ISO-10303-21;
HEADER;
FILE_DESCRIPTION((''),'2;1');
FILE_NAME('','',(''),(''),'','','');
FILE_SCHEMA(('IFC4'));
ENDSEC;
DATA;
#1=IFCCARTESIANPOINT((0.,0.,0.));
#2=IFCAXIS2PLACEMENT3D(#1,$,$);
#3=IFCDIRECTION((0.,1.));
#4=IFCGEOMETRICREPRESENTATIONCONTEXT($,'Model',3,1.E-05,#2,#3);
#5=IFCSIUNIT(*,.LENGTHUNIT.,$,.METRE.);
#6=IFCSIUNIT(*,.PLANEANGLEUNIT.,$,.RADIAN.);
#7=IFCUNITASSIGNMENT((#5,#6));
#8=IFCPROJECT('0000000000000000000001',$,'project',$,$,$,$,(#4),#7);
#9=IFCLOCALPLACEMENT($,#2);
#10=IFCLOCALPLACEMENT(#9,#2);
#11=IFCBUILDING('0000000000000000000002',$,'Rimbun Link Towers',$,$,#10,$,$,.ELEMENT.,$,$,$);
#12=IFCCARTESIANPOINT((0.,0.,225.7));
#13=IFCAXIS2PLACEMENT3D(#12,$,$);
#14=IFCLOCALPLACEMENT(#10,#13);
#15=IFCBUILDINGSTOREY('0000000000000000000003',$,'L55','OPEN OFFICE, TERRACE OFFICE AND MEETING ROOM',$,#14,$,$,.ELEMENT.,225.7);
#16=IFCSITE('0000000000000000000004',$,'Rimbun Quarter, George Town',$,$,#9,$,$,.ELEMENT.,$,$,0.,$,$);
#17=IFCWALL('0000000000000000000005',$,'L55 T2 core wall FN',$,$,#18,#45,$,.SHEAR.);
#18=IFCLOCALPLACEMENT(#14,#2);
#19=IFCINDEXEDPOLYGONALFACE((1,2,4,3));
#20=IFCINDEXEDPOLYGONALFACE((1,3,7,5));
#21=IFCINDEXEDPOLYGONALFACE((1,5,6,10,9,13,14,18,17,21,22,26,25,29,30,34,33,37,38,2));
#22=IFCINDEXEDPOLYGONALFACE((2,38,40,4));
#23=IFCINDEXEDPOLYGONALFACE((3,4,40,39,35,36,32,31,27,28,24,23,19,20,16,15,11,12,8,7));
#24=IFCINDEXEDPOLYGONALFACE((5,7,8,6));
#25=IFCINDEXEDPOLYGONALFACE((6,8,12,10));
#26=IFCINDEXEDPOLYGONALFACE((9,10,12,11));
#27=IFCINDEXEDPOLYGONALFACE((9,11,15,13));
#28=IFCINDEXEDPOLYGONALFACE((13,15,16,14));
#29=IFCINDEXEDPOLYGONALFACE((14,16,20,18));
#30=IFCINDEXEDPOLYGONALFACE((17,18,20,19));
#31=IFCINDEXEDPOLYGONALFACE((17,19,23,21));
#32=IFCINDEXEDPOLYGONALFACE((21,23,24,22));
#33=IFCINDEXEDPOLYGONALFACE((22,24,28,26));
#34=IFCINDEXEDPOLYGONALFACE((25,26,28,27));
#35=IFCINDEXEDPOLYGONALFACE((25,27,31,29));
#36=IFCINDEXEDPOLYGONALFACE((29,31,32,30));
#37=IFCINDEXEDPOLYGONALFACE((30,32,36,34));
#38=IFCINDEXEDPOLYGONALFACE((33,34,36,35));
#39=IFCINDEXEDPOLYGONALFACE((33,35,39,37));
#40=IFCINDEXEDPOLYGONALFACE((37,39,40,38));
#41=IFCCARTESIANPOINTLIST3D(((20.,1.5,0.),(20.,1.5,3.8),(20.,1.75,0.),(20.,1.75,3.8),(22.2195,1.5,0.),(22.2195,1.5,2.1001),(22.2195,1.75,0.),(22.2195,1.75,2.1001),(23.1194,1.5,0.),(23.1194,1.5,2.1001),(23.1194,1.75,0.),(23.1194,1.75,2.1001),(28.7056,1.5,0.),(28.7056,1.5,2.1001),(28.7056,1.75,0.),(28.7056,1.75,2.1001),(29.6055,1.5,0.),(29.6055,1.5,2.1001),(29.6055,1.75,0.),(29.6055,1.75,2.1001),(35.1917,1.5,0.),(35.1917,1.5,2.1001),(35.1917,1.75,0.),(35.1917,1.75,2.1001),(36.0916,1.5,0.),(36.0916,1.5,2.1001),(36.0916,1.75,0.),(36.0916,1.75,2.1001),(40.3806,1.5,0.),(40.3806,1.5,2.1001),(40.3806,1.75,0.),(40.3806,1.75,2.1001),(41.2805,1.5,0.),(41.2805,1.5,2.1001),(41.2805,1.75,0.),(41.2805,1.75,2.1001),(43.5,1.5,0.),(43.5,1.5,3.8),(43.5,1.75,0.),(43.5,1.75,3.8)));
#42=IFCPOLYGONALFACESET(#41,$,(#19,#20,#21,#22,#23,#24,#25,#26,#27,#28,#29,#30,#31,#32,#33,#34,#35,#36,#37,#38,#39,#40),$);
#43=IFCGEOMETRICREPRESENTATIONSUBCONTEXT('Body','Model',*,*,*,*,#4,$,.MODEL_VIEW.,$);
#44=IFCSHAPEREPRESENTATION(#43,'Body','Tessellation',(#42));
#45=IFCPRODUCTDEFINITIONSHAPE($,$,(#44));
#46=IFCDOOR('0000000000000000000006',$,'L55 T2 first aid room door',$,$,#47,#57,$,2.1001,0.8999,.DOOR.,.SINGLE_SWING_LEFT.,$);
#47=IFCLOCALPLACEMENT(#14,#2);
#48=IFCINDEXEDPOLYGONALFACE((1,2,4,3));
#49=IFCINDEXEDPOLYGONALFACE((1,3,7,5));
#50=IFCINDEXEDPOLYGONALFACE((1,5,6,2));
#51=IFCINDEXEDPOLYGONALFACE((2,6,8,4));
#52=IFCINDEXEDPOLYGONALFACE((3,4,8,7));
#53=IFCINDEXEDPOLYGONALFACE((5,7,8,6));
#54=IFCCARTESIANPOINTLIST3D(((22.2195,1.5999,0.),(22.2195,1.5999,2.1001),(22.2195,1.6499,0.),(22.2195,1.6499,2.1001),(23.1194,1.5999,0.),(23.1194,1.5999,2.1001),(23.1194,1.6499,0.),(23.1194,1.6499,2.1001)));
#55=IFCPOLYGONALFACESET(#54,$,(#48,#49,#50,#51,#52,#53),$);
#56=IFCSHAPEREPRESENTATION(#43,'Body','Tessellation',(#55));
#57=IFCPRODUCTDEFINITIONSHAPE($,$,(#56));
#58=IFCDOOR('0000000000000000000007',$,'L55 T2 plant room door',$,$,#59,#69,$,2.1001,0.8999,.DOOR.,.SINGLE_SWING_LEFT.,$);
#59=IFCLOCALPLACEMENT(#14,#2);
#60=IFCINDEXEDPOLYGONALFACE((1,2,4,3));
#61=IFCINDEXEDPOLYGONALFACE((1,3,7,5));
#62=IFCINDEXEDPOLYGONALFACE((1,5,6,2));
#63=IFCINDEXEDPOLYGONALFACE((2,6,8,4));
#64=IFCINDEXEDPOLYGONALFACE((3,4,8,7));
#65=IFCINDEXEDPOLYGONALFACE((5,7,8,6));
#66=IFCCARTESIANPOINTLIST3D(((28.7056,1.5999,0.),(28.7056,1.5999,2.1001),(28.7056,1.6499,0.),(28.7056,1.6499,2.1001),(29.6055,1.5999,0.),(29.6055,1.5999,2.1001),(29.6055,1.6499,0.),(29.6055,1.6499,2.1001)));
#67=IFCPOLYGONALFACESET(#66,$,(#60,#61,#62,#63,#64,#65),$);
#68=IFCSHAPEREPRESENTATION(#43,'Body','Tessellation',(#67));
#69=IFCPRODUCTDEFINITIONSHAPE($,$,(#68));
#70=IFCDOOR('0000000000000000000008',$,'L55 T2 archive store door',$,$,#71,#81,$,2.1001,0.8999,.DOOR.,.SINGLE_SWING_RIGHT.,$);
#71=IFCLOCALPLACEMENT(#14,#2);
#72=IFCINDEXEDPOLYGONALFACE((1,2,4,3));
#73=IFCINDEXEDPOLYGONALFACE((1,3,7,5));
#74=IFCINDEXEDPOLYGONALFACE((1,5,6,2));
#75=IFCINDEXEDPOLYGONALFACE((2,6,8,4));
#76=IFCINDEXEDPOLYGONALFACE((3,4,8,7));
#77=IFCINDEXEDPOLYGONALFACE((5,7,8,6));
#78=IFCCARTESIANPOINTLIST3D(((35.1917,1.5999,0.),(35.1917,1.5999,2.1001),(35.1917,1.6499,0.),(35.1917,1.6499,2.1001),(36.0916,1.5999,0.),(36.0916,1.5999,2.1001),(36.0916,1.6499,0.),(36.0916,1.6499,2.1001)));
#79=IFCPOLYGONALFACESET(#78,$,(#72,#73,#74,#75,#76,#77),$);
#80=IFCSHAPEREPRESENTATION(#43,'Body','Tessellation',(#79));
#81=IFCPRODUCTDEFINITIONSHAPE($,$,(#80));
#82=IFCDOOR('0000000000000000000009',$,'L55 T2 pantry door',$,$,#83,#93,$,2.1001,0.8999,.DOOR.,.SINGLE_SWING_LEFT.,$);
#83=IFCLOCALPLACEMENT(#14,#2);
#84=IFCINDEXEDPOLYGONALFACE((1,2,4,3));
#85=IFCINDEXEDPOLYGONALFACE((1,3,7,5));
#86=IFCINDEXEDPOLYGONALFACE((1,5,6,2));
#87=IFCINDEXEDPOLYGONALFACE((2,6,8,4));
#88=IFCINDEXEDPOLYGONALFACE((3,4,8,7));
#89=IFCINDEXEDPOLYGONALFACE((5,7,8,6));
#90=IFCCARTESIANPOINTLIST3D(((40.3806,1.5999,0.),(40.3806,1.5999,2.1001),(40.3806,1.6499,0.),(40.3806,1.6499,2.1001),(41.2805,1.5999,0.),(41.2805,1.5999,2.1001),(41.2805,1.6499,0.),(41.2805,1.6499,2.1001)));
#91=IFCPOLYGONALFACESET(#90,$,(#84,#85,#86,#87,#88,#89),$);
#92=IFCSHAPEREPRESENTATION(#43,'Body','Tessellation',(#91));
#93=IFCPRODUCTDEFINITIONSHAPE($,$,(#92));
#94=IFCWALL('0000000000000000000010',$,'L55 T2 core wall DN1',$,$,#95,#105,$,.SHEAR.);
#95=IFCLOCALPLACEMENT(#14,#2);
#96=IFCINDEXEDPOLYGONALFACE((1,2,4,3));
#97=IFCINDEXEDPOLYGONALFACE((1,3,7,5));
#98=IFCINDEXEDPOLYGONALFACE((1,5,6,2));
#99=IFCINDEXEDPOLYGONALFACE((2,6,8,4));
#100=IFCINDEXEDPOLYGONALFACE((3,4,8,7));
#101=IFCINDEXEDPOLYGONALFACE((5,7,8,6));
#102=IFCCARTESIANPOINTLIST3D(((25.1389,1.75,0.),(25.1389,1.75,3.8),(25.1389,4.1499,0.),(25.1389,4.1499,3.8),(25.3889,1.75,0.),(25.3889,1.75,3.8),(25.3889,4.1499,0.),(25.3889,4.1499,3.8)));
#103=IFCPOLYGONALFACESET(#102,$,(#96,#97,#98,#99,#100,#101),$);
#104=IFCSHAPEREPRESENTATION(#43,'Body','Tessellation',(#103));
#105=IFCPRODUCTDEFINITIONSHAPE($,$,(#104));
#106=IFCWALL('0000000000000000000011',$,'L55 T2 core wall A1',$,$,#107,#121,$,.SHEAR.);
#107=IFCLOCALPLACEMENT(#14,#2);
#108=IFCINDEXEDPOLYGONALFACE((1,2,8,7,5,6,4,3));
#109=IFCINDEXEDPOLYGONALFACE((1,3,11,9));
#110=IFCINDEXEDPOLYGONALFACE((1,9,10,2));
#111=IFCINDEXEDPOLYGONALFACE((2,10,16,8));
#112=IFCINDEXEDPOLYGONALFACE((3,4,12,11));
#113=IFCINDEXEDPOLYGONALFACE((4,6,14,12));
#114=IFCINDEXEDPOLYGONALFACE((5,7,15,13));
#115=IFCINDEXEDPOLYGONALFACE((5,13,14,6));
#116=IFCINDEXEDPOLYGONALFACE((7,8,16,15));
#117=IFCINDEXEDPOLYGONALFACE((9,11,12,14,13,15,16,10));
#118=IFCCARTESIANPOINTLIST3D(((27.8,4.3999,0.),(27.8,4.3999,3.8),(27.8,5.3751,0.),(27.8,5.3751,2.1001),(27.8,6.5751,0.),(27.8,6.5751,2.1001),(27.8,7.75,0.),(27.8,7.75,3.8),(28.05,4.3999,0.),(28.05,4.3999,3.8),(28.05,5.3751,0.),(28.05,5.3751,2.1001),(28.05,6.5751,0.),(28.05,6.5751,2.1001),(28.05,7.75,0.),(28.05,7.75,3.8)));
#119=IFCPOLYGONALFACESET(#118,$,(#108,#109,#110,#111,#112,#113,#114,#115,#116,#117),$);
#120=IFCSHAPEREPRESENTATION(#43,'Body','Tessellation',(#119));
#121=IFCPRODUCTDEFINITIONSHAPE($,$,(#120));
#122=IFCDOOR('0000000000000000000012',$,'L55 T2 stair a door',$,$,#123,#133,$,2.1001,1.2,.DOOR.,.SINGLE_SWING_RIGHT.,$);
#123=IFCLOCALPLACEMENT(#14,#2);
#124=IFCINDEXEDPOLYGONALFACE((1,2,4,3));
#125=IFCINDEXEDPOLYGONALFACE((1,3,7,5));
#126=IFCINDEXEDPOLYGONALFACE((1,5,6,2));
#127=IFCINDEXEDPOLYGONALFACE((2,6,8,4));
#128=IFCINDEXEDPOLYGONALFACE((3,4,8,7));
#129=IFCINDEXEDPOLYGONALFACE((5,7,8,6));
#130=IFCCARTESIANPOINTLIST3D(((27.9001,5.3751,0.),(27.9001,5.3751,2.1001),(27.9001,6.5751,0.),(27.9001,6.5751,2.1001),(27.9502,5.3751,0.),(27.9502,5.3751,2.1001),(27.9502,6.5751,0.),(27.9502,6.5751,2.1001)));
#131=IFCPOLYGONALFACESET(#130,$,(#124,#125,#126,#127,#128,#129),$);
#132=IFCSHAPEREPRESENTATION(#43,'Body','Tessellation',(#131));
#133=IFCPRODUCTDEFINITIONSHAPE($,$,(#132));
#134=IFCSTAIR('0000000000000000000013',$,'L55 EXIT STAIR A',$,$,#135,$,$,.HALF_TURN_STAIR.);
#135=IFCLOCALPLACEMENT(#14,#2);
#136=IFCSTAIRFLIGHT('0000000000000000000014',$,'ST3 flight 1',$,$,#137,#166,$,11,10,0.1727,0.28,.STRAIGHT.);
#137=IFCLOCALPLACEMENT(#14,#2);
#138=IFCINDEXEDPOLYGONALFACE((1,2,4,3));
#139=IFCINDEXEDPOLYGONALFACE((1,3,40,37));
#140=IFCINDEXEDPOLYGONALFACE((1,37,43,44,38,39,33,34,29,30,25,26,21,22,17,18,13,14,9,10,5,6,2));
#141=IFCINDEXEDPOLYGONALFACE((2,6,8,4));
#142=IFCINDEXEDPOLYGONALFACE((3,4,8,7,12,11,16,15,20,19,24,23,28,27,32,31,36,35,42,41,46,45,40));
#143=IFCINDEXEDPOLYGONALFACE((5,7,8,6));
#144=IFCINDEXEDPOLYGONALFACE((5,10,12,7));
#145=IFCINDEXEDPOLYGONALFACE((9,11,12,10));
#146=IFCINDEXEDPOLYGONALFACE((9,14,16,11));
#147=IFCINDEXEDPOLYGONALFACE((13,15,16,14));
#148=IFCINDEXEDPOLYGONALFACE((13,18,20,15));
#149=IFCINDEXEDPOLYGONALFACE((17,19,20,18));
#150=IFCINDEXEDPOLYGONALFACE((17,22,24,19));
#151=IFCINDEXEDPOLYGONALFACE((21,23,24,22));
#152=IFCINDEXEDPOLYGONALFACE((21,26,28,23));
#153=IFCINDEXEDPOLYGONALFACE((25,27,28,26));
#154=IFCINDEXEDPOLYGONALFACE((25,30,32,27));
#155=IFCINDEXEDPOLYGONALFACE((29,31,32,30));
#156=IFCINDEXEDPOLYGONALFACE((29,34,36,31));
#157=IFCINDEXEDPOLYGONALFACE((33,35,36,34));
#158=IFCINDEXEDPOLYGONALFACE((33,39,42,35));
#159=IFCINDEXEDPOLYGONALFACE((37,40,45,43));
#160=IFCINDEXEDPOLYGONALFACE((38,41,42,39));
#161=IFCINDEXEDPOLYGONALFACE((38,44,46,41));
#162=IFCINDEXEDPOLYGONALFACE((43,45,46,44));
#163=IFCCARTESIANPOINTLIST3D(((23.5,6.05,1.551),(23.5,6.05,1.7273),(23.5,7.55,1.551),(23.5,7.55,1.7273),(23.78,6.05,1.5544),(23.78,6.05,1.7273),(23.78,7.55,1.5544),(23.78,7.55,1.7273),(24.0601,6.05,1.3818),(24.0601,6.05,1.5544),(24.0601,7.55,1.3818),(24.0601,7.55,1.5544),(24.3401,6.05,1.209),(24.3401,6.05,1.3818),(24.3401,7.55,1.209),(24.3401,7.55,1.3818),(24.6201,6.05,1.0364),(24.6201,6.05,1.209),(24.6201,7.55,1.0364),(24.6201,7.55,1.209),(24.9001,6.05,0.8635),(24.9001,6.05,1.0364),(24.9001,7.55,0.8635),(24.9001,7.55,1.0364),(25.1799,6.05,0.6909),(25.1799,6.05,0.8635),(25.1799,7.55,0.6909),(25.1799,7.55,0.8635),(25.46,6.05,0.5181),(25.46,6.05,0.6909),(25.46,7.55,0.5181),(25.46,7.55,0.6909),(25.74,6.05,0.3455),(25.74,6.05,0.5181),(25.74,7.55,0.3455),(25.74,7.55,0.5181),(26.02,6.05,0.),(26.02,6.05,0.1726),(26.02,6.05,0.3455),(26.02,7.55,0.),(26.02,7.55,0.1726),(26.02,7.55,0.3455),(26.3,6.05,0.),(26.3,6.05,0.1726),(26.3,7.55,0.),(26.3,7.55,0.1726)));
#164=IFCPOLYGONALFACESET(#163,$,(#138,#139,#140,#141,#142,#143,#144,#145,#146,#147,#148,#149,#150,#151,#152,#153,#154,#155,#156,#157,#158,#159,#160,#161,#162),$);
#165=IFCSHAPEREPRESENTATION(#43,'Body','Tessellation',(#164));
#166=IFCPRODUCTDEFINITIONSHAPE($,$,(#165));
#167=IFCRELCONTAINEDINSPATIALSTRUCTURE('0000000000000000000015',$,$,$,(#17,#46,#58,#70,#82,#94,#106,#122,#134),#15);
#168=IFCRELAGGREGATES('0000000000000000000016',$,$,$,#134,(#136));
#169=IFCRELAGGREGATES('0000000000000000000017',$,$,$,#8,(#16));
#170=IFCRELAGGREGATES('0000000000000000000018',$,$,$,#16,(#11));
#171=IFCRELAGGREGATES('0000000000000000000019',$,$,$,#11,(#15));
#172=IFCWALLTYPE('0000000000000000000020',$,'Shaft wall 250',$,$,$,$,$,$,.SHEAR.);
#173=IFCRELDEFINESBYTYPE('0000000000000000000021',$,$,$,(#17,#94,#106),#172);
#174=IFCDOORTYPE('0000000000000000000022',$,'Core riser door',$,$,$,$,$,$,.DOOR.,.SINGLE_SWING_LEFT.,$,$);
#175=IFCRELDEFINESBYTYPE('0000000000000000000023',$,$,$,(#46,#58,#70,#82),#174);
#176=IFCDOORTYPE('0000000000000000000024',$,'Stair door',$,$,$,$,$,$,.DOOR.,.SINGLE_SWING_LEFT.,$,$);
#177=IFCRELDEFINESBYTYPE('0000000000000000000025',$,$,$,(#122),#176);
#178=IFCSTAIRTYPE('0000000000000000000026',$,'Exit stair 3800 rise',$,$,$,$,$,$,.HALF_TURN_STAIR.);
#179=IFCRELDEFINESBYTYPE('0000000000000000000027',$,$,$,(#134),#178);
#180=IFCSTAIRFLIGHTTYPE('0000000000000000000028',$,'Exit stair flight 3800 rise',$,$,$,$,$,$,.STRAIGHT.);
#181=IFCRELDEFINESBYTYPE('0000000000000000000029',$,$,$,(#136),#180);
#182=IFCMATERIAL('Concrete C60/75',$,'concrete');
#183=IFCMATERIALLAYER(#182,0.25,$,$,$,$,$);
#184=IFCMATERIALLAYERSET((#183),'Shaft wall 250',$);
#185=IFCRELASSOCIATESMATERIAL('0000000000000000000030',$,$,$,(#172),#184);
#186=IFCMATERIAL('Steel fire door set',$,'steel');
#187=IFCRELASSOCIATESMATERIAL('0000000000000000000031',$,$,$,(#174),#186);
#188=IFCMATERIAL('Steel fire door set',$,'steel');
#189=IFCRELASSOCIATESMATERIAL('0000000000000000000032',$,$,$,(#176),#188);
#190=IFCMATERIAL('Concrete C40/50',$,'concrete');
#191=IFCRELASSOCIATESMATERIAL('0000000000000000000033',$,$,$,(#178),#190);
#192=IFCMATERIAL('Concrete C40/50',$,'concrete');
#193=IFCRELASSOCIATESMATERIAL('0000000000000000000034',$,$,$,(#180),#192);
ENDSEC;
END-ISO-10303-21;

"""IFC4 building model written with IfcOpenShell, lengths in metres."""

from ifc_helpers import new_model, si_unit, direction, frame, frame_2d, origin, place, context, subcontext, project, spatial, polyline, rectangle, outline, extrude, material, layer, layer_set, type_object, element, fill, aggregate, save


model = new_model("IFC4")

# Units and contexts
model_context = context("Model", 3, precision=1e-05, world=origin(), true_north=direction((0.0, 1.0)))
body_context = subcontext(model_context, "Body", "Model", "MODEL_VIEW")
ifc_project = project(units=[si_unit("LENGTHUNIT", "METRE"), si_unit("PLANEANGLEUNIT", "RADIAN")], contexts=[model_context])

# Site, building, storey
site_placement = place(None, origin())
site = spatial("IfcSite", under=ifc_project, at=site_placement, Name="Rimbun Quarter, George Town", CompositionType="ELEMENT", RefElevation=0.0)
building_placement = place(site_placement, origin())
building = spatial("IfcBuilding", under=site, at=building_placement, Name="Rimbun Link Towers", CompositionType="ELEMENT")
storey_placement = place(building_placement, frame((0.0, 0.0, 225.7)))
storey = spatial("IfcBuildingStorey", under=building, at=storey_placement, Name="L55", Description="OPEN OFFICE, TERRACE OFFICE AND MEETING ROOM", CompositionType="ELEMENT", Elevation=225.7)

# Shared definitions
ifc_material_1 = material(Name="Concrete C60/75", Category="concrete")
ifc_layer = layer(ifc_material_1, 0.25)
ifc_layer_set = layer_set([ifc_layer], Name="Shaft wall 250")
wall_type = type_object("IfcWallType", Name="Shaft wall 250", PredefinedType="SHEAR", material=ifc_layer_set)

# Wall, openings, doors
wall_1_placement = place(storey_placement, frame((20.0, 1.625, 0.0), z_axis=(0.0, 0.0, 1.0), x_axis=(1.0, 0.0, 0.0)))
wall_1 = element("IfcWall", 1, at=wall_1_placement, inside=storey, type_object=wall_type, Name="L55 T2 core wall FN", PredefinedType="SHEAR", context=body_context, shape_type="SweptSolid", body=[
    extrude(rectangle(XDim=23.5, YDim=0.25, at=frame_2d((11.75, 0.0))), origin(), (0.0, 0.0, 1.0), 3.8),
])
opening_1_placement = place(wall_1_placement, frame((2.2195, 0.0, 0.0)))
opening_1 = element("IfcOpeningElement", 2, at=opening_1_placement, cuts=wall_1, PredefinedType="OPENING", context=body_context, shape_type="SweptSolid", body=[
    extrude(rectangle(XDim=0.8999, YDim=2.1001, at=frame_2d((0.45, 1.05))), frame((0.0, 0.135, 0.0), z_axis=(0.0, -1.0, 0.0), x_axis=(1.0, 0.0, 0.0)), (0.0, 0.0, 1.0), 0.27),
])
opening_2_placement = place(wall_1_placement, frame((8.7056, 0.0, 0.0)))
opening_2 = element("IfcOpeningElement", 3, at=opening_2_placement, cuts=wall_1, PredefinedType="OPENING", context=body_context, shape_type="SweptSolid", body=[
    extrude(rectangle(XDim=0.8999, YDim=2.1001, at=frame_2d((0.45, 1.05))), frame((0.0, 0.135, 0.0), z_axis=(0.0, -1.0, 0.0), x_axis=(1.0, 0.0, 0.0)), (0.0, 0.0, 1.0), 0.27),
])
opening_3_placement = place(wall_1_placement, frame((15.1917, 0.0, 0.0)))
opening_3 = element("IfcOpeningElement", 4, at=opening_3_placement, cuts=wall_1, PredefinedType="OPENING", context=body_context, shape_type="SweptSolid", body=[
    extrude(rectangle(XDim=0.8999, YDim=2.1001, at=frame_2d((0.45, 1.05))), frame((0.0, 0.135, 0.0), z_axis=(0.0, -1.0, 0.0), x_axis=(1.0, 0.0, 0.0)), (0.0, 0.0, 1.0), 0.27),
])
opening_4_placement = place(wall_1_placement, frame((20.3806, 0.0, 0.0)))
opening_4 = element("IfcOpeningElement", 5, at=opening_4_placement, cuts=wall_1, PredefinedType="OPENING", context=body_context, shape_type="SweptSolid", body=[
    extrude(rectangle(XDim=0.8999, YDim=2.1001, at=frame_2d((0.45, 1.05))), frame((0.0, 0.135, 0.0), z_axis=(0.0, -1.0, 0.0), x_axis=(1.0, 0.0, 0.0)), (0.0, 0.0, 1.0), 0.27),
])
ifc_material_2 = material(Name="Steel fire door set", Category="steel")
door_type_1 = type_object("IfcDoorType", Name="Core riser door", OperationType="SINGLE_SWING_LEFT", PredefinedType="DOOR", material=ifc_material_2)
door_1_placement = place(opening_1_placement, origin())
door_1 = element("IfcDoor", 6, at=door_1_placement, inside=storey, type_object=door_type_1, Name="L55 T2 first aid room door", OperationType="SINGLE_SWING_LEFT", OverallHeight=2.1001, OverallWidth=0.8999, PredefinedType="DOOR", context=body_context, shape_type="SweptSolid", body=[
    extrude(rectangle(XDim=0.8999, YDim=2.1001, at=frame_2d((0.45, 1.05))), frame((0.0, 0.0249, 0.0), z_axis=(0.0, -1.0, 0.0), x_axis=(1.0, 0.0, 0.0)), (0.0, 0.0, 1.0), 0.05),
])
fill(opening_1, door_1)
door_2_placement = place(opening_2_placement, origin())
door_2 = element("IfcDoor", 7, at=door_2_placement, inside=storey, type_object=door_type_1, Name="L55 T2 plant room door", OperationType="SINGLE_SWING_LEFT", OverallHeight=2.1001, OverallWidth=0.8999, PredefinedType="DOOR", context=body_context, shape_type="SweptSolid", body=[
    extrude(rectangle(XDim=0.8999, YDim=2.1001, at=frame_2d((0.45, 1.05))), frame((0.0, 0.0249, 0.0), z_axis=(0.0, -1.0, 0.0), x_axis=(1.0, 0.0, 0.0)), (0.0, 0.0, 1.0), 0.05),
])
fill(opening_2, door_2)
door_3_placement = place(opening_3_placement, origin())
door_3 = element("IfcDoor", 8, at=door_3_placement, inside=storey, type_object=door_type_1, Name="L55 T2 archive store door", OperationType="SINGLE_SWING_RIGHT", OverallHeight=2.1001, OverallWidth=0.8999, PredefinedType="DOOR", context=body_context, shape_type="SweptSolid", body=[
    extrude(rectangle(XDim=0.8999, YDim=2.1001, at=frame_2d((0.45, 1.05))), frame((0.0, 0.0249, 0.0), z_axis=(0.0, -1.0, 0.0), x_axis=(1.0, 0.0, 0.0)), (0.0, 0.0, 1.0), 0.05),
])
fill(opening_3, door_3)
door_4_placement = place(opening_4_placement, origin())
door_4 = element("IfcDoor", 9, at=door_4_placement, inside=storey, type_object=door_type_1, Name="L55 T2 pantry door", OperationType="SINGLE_SWING_LEFT", OverallHeight=2.1001, OverallWidth=0.8999, PredefinedType="DOOR", context=body_context, shape_type="SweptSolid", body=[
    extrude(rectangle(XDim=0.8999, YDim=2.1001, at=frame_2d((0.45, 1.05))), frame((0.0, 0.0249, 0.0), z_axis=(0.0, -1.0, 0.0), x_axis=(1.0, 0.0, 0.0)), (0.0, 0.0, 1.0), 0.05),
])
fill(opening_4, door_4)

# Wall
wall_2_placement = place(storey_placement, frame((25.2639, 1.75, 0.0), z_axis=(0.0, 0.0, 1.0), x_axis=(0.0, 1.0, 0.0)))
element("IfcWall", 10, at=wall_2_placement, inside=storey, type_object=wall_type, Name="L55 T2 core wall DN1", PredefinedType="SHEAR", context=body_context, shape_type="SweptSolid", body=[
    extrude(rectangle(XDim=2.3999, YDim=0.25, at=frame_2d((1.2, 0.0))), origin(), (0.0, 0.0, 1.0), 3.8),
])

# Wall, opening, door
wall_3_placement = place(storey_placement, frame((27.925, 4.3999, 0.0), z_axis=(0.0, 0.0, 1.0), x_axis=(0.0, 1.0, 0.0)))
wall_3 = element("IfcWall", 11, at=wall_3_placement, inside=storey, type_object=wall_type, Name="L55 T2 core wall A1", PredefinedType="SHEAR", context=body_context, shape_type="SweptSolid", body=[
    extrude(rectangle(XDim=3.3501, YDim=0.25, at=frame_2d((1.675, 0.0))), origin(), (0.0, 0.0, 1.0), 3.8),
])
opening_5_placement = place(wall_3_placement, frame((0.9751, 0.0, 0.0)))
opening_5 = element("IfcOpeningElement", 12, at=opening_5_placement, cuts=wall_3, PredefinedType="OPENING", context=body_context, shape_type="SweptSolid", body=[
    extrude(rectangle(XDim=1.2, YDim=2.1001, at=frame_2d((0.6001, 1.05))), frame((0.0, 0.135, 0.0), z_axis=(0.0, -1.0, 0.0), x_axis=(1.0, 0.0, 0.0)), (0.0, 0.0, 1.0), 0.27),
])
ifc_material_3 = material(Name="Steel fire door set", Category="steel")
door_type_2 = type_object("IfcDoorType", Name="Stair door", OperationType="SINGLE_SWING_LEFT", PredefinedType="DOOR", material=ifc_material_3)
door_5_placement = place(opening_5_placement, origin())
door_5 = element("IfcDoor", 13, at=door_5_placement, inside=storey, type_object=door_type_2, Name="L55 T2 stair a door", OperationType="SINGLE_SWING_RIGHT", OverallHeight=2.1001, OverallWidth=1.2, PredefinedType="DOOR", context=body_context, shape_type="SweptSolid", body=[
    extrude(rectangle(XDim=1.2, YDim=2.1001, at=frame_2d((0.6001, 1.05))), frame((0.0, 0.0249, 0.0), z_axis=(0.0, -1.0, 0.0), x_axis=(1.0, 0.0, 0.0)), (0.0, 0.0, 1.0), 0.05),
])
fill(opening_5, door_5)

# Stair, stair flight
ifc_material_4 = material(Name="Concrete C40/50", Category="concrete")
stair_type = type_object("IfcStairType", Name="Exit stair 3800 rise", PredefinedType="HALF_TURN_STAIR", material=ifc_material_4)
stair_placement = place(storey_placement, origin())
stair = element("IfcStair", 14, at=stair_placement, inside=storey, type_object=stair_type, Name="L55 EXIT STAIR A", PredefinedType="HALF_TURN_STAIR")
ifc_material_5 = material(Name="Concrete C40/50", Category="concrete")
stair_flight_type = type_object("IfcStairFlightType", Name="Exit stair flight 3800 rise", PredefinedType="STRAIGHT", material=ifc_material_5)
stair_flight_1_placement = place(storey_placement, frame((26.3, 6.8, 0.0), z_axis=(0.0, 0.0, 1.0), x_axis=(-1.0, 0.0, 0.0)))
stair_flight_1 = element("IfcStairFlight", 15, at=stair_flight_1_placement, type_object=stair_flight_type, Name="ST3 flight 1", NumberOfRisers=11, NumberOfTreads=10, PredefinedType="STRAIGHT", RiserHeight=0.1727, TreadLength=0.28, context=body_context, shape_type="SweptSolid", body=[
    extrude(outline(polyline([(0.0, 0.0), (0.0, 0.1726), (0.28, 0.1726), (0.28, 0.3455), (0.5601, 0.3455), (0.5601, 0.5181), (0.8401, 0.5181), (0.8401, 0.6909), (1.1201, 0.6909), (1.1201, 0.8635), (1.3999, 0.8635), (1.3999, 1.0364), (1.6799, 1.0364), (1.6799, 1.209), (1.96, 1.209), (1.96, 1.3818), (2.24, 1.3818), (2.24, 1.5544), (2.52, 1.5544), (2.52, 1.7273), (2.8, 1.7273), (2.8, 1.8999), (2.8, 1.551), (0.28, 0.0), (0.0, 0.0)])), frame((0.0, 0.75, 0.0), z_axis=(0.0, -1.0, 0.0), x_axis=(1.0, 0.0, 0.0)), (0.0, 0.0, 1.0), 1.5),
])
aggregate(stair, [stair_flight_1])

save(model, "model.ifc")
